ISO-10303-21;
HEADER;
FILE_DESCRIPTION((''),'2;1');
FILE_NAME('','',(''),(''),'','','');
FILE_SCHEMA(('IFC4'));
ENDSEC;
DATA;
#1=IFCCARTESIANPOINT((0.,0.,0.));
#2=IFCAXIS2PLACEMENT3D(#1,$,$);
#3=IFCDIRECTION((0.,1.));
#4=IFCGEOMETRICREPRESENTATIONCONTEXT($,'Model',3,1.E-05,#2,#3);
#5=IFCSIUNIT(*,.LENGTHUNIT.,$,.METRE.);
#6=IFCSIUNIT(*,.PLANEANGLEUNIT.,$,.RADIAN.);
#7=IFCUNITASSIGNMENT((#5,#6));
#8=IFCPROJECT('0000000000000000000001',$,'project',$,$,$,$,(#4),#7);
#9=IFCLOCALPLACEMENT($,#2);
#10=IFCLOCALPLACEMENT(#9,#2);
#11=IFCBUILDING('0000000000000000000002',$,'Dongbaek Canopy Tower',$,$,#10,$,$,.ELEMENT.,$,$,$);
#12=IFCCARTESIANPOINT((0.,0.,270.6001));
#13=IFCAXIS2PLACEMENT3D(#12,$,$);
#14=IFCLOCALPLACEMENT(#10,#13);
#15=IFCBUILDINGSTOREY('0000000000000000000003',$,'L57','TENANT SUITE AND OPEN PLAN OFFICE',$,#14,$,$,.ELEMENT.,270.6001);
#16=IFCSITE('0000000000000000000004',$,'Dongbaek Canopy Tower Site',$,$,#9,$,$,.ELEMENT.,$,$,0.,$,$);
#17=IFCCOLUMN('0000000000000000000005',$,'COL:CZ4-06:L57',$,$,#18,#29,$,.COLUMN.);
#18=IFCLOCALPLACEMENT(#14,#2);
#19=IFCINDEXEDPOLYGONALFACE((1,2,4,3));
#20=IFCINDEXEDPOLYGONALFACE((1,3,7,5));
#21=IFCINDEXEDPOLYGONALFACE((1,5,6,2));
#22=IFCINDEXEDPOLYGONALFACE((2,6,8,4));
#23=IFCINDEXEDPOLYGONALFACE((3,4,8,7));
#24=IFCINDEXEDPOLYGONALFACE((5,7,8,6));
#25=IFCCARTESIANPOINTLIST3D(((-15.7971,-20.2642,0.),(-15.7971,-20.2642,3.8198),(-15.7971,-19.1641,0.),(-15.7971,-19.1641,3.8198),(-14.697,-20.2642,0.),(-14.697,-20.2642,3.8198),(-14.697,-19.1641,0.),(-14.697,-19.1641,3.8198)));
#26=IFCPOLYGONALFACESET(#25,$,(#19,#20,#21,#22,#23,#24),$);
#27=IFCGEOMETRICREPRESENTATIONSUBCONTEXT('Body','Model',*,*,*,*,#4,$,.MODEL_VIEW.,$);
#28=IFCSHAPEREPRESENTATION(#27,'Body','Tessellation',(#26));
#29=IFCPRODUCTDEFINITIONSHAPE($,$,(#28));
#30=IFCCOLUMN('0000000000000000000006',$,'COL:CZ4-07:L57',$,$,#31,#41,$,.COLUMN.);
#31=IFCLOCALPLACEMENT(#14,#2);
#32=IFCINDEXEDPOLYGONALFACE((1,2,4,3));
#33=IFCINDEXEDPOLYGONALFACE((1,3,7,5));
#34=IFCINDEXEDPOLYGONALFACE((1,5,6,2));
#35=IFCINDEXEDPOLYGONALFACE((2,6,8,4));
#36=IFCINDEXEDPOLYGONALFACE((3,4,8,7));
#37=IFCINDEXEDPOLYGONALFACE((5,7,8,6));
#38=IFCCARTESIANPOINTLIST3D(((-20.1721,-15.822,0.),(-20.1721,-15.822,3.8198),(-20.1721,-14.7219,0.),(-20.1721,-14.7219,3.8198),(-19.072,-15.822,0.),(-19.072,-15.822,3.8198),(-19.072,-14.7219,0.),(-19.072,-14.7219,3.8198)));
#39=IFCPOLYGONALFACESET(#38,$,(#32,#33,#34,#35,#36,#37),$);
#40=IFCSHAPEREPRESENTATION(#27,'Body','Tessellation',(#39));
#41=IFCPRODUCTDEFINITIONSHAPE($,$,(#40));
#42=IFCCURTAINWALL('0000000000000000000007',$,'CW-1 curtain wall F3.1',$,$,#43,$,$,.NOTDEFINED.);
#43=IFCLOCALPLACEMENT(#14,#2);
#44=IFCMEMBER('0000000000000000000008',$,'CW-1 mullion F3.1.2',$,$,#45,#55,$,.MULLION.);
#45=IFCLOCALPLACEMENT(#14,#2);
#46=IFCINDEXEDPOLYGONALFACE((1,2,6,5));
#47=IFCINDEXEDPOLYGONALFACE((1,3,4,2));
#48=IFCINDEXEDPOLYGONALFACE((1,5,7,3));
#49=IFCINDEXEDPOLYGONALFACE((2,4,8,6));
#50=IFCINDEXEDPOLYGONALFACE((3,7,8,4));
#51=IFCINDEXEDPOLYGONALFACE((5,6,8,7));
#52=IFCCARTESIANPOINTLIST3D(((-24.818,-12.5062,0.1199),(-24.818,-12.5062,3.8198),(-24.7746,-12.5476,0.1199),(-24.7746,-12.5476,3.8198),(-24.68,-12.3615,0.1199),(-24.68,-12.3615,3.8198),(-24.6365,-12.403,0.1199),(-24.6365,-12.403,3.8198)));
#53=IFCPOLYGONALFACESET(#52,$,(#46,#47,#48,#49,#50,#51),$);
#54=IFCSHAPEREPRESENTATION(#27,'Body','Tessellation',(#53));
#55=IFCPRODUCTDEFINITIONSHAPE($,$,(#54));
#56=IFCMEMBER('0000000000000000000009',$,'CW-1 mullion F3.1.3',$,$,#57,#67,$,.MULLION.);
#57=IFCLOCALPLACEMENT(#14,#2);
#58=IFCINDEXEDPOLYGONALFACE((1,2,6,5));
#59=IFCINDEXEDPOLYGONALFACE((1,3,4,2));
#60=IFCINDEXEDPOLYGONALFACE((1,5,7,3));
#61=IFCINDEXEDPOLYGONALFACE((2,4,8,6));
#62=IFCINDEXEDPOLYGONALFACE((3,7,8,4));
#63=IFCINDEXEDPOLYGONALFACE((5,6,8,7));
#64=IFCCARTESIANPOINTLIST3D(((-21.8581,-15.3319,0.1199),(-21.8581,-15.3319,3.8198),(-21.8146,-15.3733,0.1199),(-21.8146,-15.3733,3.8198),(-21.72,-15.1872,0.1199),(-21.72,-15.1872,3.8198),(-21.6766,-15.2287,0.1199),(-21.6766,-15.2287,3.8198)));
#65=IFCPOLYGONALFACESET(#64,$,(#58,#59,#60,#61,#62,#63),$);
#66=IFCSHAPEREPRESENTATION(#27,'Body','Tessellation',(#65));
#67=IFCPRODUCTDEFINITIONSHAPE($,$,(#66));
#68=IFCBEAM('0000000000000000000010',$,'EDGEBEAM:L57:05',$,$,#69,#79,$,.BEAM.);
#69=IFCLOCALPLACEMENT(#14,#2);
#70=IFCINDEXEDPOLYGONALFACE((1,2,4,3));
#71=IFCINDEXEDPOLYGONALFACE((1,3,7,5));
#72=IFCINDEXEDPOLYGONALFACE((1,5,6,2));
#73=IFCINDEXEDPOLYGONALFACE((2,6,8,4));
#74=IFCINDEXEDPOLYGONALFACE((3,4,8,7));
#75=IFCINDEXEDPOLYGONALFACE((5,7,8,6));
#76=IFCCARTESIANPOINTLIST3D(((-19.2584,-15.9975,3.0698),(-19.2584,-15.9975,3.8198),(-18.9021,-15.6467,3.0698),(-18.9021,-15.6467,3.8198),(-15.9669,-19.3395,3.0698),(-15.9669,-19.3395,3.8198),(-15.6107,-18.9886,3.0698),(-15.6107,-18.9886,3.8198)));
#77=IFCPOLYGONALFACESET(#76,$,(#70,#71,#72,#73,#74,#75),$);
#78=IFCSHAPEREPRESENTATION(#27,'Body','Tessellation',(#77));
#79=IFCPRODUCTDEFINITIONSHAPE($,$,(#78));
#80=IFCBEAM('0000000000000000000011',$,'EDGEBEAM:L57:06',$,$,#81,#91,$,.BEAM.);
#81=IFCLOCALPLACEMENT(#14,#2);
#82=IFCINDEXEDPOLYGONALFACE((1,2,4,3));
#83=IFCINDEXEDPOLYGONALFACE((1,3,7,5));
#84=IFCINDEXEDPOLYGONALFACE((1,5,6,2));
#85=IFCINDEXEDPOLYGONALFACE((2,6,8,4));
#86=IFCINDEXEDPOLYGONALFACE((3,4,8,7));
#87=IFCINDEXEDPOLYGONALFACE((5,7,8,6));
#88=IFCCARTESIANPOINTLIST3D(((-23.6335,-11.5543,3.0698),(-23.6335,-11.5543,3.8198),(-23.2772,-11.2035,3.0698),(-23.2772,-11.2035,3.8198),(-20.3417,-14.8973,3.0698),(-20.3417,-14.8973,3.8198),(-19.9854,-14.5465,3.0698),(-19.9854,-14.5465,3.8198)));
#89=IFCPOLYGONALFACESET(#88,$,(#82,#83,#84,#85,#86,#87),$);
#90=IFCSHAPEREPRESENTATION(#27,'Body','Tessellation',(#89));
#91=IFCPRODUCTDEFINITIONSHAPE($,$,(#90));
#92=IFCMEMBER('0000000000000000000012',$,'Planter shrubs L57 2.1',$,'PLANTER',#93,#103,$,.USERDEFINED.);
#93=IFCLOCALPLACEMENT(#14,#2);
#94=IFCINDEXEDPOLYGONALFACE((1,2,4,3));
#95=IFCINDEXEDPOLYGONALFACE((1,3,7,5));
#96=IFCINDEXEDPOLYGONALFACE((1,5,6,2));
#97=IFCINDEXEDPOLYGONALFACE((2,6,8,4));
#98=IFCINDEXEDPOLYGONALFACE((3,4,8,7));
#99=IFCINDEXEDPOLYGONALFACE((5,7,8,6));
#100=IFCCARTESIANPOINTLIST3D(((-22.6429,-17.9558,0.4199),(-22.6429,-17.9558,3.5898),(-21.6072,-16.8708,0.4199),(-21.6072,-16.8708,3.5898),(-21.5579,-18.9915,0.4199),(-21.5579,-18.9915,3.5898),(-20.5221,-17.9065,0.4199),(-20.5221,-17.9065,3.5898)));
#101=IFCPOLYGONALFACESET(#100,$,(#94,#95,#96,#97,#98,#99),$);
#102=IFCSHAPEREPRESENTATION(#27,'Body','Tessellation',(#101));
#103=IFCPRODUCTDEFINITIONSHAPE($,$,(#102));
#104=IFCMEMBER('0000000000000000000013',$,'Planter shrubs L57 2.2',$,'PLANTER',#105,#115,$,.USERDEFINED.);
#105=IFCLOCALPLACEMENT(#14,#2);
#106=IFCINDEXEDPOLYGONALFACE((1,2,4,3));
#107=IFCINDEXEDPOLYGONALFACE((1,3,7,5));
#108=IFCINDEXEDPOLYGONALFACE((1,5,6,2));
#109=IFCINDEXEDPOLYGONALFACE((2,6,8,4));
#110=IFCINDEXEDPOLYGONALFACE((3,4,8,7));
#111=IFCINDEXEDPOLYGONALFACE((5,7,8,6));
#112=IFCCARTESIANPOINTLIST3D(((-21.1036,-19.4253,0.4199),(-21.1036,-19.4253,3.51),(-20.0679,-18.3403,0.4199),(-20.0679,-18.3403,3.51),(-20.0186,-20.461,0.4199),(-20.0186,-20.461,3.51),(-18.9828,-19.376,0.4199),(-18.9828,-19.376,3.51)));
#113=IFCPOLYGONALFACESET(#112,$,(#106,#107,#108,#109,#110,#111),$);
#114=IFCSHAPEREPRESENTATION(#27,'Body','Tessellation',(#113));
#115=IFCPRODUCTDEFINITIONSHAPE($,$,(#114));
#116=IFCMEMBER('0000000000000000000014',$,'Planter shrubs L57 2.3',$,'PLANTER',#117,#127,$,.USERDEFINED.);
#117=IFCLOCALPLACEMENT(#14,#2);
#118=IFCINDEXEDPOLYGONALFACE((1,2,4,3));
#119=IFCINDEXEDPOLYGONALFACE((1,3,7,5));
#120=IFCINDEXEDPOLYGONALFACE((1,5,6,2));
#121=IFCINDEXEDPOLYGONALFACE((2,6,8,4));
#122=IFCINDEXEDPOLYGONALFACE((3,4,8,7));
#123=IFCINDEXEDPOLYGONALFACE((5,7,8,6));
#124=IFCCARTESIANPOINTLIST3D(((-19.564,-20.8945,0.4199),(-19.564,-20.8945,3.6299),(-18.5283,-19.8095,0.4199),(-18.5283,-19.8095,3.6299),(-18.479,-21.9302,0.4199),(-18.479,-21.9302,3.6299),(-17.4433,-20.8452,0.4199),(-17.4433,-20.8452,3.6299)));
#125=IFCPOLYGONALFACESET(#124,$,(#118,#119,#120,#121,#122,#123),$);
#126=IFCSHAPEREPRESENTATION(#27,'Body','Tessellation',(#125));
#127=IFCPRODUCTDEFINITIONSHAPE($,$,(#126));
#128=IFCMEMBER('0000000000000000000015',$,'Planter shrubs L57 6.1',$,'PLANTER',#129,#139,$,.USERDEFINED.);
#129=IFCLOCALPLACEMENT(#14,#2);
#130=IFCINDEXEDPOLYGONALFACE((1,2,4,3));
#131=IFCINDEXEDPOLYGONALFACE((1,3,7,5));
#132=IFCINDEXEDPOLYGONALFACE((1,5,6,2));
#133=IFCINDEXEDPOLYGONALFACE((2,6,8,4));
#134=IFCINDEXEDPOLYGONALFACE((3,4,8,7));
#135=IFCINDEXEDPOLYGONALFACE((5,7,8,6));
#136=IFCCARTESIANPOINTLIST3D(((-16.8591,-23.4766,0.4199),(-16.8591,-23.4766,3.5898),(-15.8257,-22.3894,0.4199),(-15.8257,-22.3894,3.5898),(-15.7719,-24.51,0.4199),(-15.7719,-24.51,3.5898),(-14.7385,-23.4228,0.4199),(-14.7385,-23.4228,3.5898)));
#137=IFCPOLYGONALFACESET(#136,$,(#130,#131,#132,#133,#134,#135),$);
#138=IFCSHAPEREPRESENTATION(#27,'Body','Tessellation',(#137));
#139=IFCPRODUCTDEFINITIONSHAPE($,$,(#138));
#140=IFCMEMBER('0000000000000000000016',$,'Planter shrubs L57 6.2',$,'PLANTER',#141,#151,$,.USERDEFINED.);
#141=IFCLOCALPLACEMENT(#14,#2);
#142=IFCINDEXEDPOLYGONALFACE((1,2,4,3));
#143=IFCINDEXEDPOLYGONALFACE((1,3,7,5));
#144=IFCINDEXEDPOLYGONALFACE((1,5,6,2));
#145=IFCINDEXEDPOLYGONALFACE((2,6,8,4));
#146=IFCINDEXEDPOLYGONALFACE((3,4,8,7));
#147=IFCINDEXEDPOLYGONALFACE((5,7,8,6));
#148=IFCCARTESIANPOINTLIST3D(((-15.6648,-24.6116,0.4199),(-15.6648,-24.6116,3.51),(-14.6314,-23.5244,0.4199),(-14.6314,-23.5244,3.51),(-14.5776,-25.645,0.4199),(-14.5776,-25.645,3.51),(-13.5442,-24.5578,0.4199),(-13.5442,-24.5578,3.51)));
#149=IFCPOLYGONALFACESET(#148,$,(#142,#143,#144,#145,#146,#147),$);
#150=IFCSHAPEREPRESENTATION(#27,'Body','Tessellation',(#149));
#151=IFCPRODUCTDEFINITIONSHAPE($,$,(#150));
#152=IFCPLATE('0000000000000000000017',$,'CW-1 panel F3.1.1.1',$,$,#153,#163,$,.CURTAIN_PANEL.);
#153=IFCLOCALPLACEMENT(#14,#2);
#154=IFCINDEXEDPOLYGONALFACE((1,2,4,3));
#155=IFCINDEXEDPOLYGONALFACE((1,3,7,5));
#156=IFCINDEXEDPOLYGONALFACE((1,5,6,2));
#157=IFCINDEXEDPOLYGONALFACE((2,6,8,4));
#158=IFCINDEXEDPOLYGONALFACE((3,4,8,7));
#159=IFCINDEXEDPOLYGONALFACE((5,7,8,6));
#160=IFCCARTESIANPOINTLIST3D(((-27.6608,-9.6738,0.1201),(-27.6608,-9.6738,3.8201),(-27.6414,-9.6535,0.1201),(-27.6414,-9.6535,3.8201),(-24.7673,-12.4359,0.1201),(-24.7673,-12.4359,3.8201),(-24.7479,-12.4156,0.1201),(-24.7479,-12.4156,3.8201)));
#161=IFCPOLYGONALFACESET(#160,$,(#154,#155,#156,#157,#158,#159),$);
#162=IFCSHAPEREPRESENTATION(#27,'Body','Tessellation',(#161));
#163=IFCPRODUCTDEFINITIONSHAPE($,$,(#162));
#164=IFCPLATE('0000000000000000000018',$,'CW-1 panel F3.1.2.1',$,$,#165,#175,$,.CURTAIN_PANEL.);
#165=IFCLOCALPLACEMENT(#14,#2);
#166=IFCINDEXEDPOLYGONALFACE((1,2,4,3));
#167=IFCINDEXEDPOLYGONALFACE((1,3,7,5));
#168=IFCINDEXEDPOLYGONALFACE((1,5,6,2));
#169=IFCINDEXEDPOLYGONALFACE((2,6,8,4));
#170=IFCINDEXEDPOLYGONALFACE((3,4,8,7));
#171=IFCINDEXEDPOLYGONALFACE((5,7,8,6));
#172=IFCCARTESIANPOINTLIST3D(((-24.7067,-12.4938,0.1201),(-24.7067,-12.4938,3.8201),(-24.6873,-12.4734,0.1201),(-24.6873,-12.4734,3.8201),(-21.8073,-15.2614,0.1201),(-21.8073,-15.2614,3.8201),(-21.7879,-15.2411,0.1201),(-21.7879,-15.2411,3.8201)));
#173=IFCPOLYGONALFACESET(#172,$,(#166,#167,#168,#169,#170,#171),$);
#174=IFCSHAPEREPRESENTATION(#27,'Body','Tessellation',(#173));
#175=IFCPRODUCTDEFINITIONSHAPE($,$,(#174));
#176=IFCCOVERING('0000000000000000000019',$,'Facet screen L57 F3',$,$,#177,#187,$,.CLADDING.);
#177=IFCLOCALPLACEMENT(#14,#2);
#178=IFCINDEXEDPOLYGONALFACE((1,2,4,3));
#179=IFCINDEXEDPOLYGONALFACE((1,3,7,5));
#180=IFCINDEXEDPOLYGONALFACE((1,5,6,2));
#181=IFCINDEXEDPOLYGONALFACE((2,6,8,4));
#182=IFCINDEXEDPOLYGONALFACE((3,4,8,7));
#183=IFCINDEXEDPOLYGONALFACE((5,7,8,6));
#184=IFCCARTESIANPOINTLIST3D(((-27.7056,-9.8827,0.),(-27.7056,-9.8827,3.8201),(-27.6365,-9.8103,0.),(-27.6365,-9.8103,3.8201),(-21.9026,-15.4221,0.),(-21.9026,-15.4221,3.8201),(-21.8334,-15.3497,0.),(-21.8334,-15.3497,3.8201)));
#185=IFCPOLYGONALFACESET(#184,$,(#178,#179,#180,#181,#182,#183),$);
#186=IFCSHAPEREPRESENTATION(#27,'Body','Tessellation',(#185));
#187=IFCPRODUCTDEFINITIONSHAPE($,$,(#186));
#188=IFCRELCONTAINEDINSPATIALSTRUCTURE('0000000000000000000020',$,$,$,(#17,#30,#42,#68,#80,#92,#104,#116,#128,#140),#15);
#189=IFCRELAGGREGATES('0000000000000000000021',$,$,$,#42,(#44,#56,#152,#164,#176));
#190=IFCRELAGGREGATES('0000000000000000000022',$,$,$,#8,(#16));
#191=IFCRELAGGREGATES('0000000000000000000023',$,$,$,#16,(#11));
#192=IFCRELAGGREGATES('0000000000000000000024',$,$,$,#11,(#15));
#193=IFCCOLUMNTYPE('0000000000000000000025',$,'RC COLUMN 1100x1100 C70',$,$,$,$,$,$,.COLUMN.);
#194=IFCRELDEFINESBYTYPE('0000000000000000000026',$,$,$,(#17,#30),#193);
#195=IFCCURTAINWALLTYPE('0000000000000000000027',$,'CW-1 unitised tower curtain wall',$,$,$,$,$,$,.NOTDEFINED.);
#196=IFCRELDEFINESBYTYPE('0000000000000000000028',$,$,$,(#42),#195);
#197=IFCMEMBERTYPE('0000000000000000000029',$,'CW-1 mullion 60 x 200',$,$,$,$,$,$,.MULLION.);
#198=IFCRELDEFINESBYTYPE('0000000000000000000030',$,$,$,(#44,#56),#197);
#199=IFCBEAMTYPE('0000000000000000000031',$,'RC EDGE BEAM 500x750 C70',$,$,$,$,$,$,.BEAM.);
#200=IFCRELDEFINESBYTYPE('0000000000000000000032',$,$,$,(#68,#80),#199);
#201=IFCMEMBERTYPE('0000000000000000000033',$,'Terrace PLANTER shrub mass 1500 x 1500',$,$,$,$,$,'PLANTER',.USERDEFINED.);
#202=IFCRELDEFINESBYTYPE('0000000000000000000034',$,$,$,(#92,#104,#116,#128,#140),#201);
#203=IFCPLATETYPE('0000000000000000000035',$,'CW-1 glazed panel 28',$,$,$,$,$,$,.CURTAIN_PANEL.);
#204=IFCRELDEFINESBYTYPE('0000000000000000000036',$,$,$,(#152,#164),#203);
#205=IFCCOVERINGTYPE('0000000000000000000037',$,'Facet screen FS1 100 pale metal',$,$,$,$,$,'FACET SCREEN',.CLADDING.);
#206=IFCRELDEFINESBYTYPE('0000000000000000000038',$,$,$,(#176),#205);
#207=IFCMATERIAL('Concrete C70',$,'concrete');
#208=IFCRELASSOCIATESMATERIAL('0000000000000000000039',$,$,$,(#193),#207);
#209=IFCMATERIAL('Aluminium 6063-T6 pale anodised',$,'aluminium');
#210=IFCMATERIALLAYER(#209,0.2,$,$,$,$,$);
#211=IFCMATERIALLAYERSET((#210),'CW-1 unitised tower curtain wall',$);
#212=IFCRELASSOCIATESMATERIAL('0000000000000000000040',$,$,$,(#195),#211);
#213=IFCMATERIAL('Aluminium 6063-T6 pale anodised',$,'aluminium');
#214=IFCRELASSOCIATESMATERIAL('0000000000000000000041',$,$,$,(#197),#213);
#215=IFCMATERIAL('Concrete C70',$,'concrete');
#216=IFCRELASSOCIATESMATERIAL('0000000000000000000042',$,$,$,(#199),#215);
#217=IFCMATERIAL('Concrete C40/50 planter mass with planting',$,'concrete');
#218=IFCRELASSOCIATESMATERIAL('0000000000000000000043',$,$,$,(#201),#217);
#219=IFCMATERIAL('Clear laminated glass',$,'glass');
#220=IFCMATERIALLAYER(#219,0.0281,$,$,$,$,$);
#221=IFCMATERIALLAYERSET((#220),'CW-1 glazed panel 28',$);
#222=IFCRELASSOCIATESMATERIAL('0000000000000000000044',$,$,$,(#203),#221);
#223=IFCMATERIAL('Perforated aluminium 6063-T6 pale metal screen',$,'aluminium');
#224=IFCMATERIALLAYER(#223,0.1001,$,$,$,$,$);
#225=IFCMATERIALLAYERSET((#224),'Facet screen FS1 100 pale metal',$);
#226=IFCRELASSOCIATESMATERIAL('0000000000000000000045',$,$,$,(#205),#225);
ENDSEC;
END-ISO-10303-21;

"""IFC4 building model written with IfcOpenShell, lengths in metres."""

from ifc_helpers import new_model, si_unit, direction, frame, origin, origin_2d, place, context, subcontext, project, spatial, rectangle, extrude, material, layer, layer_set, material_profile, profile_set, type_object, element, aggregate, save


model = new_model("IFC4")

# Units and contexts
model_context = context("Model", 3, precision=1e-05, world=origin(), true_north=direction((0.0, 1.0)))
body_context = subcontext(model_context, "Body", "Model", "MODEL_VIEW")
ifc_project = project(units=[si_unit("LENGTHUNIT", "METRE"), si_unit("PLANEANGLEUNIT", "RADIAN")], contexts=[model_context])

# Site, building, storey
site_placement = place(None, origin())
site = spatial("IfcSite", under=ifc_project, at=site_placement, Name="Dongbaek Canopy Tower Site", CompositionType="ELEMENT", RefElevation=0.0)
building_placement = place(site_placement, origin())
building = spatial("IfcBuilding", under=site, at=building_placement, Name="Dongbaek Canopy Tower", CompositionType="ELEMENT")
storey_placement = place(building_placement, frame((0.0, 0.0, 270.6001)))
storey = spatial("IfcBuildingStorey", under=building, at=storey_placement, Name="L57", Description="TENANT SUITE AND OPEN PLAN OFFICE", CompositionType="ELEMENT", Elevation=270.6001)

# Columns
ifc_material_1 = material(Name="Concrete C70", Category="concrete")
ifc_material_profile_1 = material_profile(ifc_material_1, rectangle(XDim=1.1001, YDim=1.1001, at=origin_2d()), Name="RC COLUMN 1100x1100 C70")
ifc_profile_set_1 = profile_set([ifc_material_profile_1], Name="Concrete C70")
column_type = type_object("IfcColumnType", Name="RC COLUMN 1100x1100 C70", PredefinedType="COLUMN", material=ifc_profile_set_1)
for number, where, z_axis, x_axis, name in (
    (1, (-15.2471, -19.7141, 0.0), (0.0, 0.0, 1.0), (1.0, 0.0, 0.0), "COL:CZ4-06:L57"),
    (2, (-19.6221, -15.272, 0.0), (0.0, 0.0, 1.0), (1.0, 0.0, 0.0), "COL:CZ4-07:L57"),
):
    element("IfcColumn", number, at=place(storey_placement, frame(where, z_axis=z_axis, x_axis=x_axis)), inside=storey, type_object=column_type, Name=name, PredefinedType="COLUMN", context=body_context, shape_type="SweptSolid", body=[
        extrude(rectangle(XDim=1.1001, YDim=1.1001, at=origin_2d()), origin(), (0.0, 0.0, 1.0), 3.8198),
    ])

# Curtain wall, members
ifc_material_2 = material(Name="Aluminium 6063-T6 pale anodised", Category="aluminium")
ifc_layer_1 = layer(ifc_material_2, 0.2)
ifc_layer_set_1 = layer_set([ifc_layer_1], Name="CW-1 unitised tower curtain wall")
curtain_wall_type = type_object("IfcCurtainWallType", Name="CW-1 unitised tower curtain wall", PredefinedType="NOTDEFINED", material=ifc_layer_set_1)
curtain_wall_placement = place(storey_placement, origin())
curtain_wall = element("IfcCurtainWall", 3, at=curtain_wall_placement, inside=storey, type_object=curtain_wall_type, Name="CW-1 curtain wall F3.1", PredefinedType="NOTDEFINED")
ifc_material_3 = material(Name="Aluminium 6063-T6 pale anodised", Category="aluminium")
ifc_material_profile_2 = material_profile(ifc_material_3, rectangle(XDim=0.2, YDim=0.0601, at=origin_2d()), Name="CW-1 mullion 60 x 200")
ifc_profile_set_2 = profile_set([ifc_material_profile_2], Name="Aluminium 6063-T6 pale anodised")
member_type_1 = type_object("IfcMemberType", Name="CW-1 mullion 60 x 200", PredefinedType="MULLION", material=ifc_profile_set_2)
member_1_placement = place(storey_placement, frame((-24.7273, -12.4546, 0.1199), z_axis=(0.0, 0.0, 1.0), x_axis=(-0.690482, -0.72335, 0.0)))
member_1 = element("IfcMember", 4, at=member_1_placement, type_object=member_type_1, Name="CW-1 mullion F3.1.2", PredefinedType="MULLION", context=body_context, shape_type="SweptSolid", body=[
    extrude(rectangle(XDim=0.2, YDim=0.0601, at=origin_2d()), origin(), (0.0, 0.0, 1.0), 3.7),
])
member_2_placement = place(storey_placement, frame((-21.7673, -15.2803, 0.1199), z_axis=(0.0, 0.0, 1.0), x_axis=(-0.690482, -0.72335, 0.0)))
member_2 = element("IfcMember", 5, at=member_2_placement, type_object=member_type_1, Name="CW-1 mullion F3.1.3", PredefinedType="MULLION", context=body_context, shape_type="SweptSolid", body=[
    extrude(rectangle(XDim=0.2, YDim=0.0601, at=origin_2d()), origin(), (0.0, 0.0, 1.0), 3.7),
])

# Beams
ifc_material_4 = material(Name="Concrete C70", Category="concrete")
ifc_material_profile_3 = material_profile(ifc_material_4, rectangle(XDim=0.5, YDim=0.75, at=origin_2d()), Name="RC EDGE BEAM 500x750 C70")
ifc_profile_set_3 = profile_set([ifc_material_profile_3], Name="Concrete C70")
beam_type = type_object("IfcBeamType", Name="RC EDGE BEAM 500x750 C70", PredefinedType="BEAM", material=ifc_profile_set_3)
beam_1_placement = place(storey_placement, frame((-15.7888, -19.1641, 3.4448), z_axis=(-0.701699, 0.712473, 0.0), x_axis=(-0.712473, -0.701699, 0.0)))
element("IfcBeam", 6, at=beam_1_placement, inside=storey, type_object=beam_type, Name="EDGEBEAM:L57:05", PredefinedType="BEAM", context=body_context, shape_type="SweptSolid", body=[
    extrude(rectangle(XDim=0.5, YDim=0.75, at=origin_2d()), origin(), (0.0, 0.0, 1.0), 4.6907),
])
beam_2_placement = place(storey_placement, frame((-20.1636, -14.7219, 3.4448), z_axis=(-0.701622, 0.71255, 0.0), x_axis=(-0.71255, -0.701622, 0.0)))
element("IfcBeam", 7, at=beam_2_placement, inside=storey, type_object=beam_type, Name="EDGEBEAM:L57:06", PredefinedType="BEAM", context=body_context, shape_type="SweptSolid", body=[
    extrude(rectangle(XDim=0.5, YDim=0.75, at=origin_2d()), origin(), (0.0, 0.0, 1.0), 4.6917),
])

# Members
ifc_material_5 = material(Name="Concrete C40/50 planter mass with planting", Category="concrete")
ifc_material_profile_4 = material_profile(ifc_material_5, rectangle(XDim=1.5, YDim=1.5, at=origin_2d()), Name="Terrace PLANTER shrub mass 1500 x 1500")
ifc_profile_set_4 = profile_set([ifc_material_profile_4], Name="Concrete C40/50 planter mass with planting")
member_type_2 = type_object("IfcMemberType", Name="Terrace PLANTER shrub mass 1500 x 1500", ElementType="PLANTER", PredefinedType="USERDEFINED", material=ifc_profile_set_4)
member_3_placement = place(storey_placement, frame((-21.5825, -17.9312, 0.4199), z_axis=(0.0, 0.0, 1.0), x_axis=(-0.690482, -0.72335, 0.0)))
element("IfcMember", 8, at=member_3_placement, inside=storey, type_object=member_type_2, Name="Planter shrubs L57 2.1", ObjectType="PLANTER", PredefinedType="USERDEFINED", context=body_context, shape_type="SweptSolid", body=[
    extrude(rectangle(XDim=1.5, YDim=1.5, at=origin_2d()), origin(), (0.0, 0.0, 1.0), 3.1699),
])
member_4_placement = place(storey_placement, frame((-20.0432, -19.4006, 0.4199), z_axis=(0.0, 0.0, 1.0), x_axis=(-0.690482, -0.72335, 0.0)))
element("IfcMember", 9, at=member_4_placement, inside=storey, type_object=member_type_2, Name="Planter shrubs L57 2.2", ObjectType="PLANTER", PredefinedType="USERDEFINED", context=body_context, shape_type="SweptSolid", body=[
    extrude(rectangle(XDim=1.5, YDim=1.5, at=origin_2d()), origin(), (0.0, 0.0, 1.0), 3.0901),
])
member_5_placement = place(storey_placement, frame((-18.5037, -20.8699, 0.4199), z_axis=(0.0, 0.0, 1.0), x_axis=(-0.690482, -0.72335, 0.0)))
element("IfcMember", 10, at=member_5_placement, inside=storey, type_object=member_type_2, Name="Planter shrubs L57 2.3", ObjectType="PLANTER", PredefinedType="USERDEFINED", context=body_context, shape_type="SweptSolid", body=[
    extrude(rectangle(XDim=1.5, YDim=1.5, at=origin_2d()), origin(), (0.0, 0.0, 1.0), 3.21),
])
member_6_placement = place(storey_placement, frame((-15.7988, -23.4497, 0.4199), z_axis=(0.0, 0.0, 1.0), x_axis=(-0.688957, -0.724803, 0.0)))
element("IfcMember", 11, at=member_6_placement, inside=storey, type_object=member_type_2, Name="Planter shrubs L57 6.1", ObjectType="PLANTER", PredefinedType="USERDEFINED", context=body_context, shape_type="SweptSolid", body=[
    extrude(rectangle(XDim=1.5, YDim=1.5, at=origin_2d()), origin(), (0.0, 0.0, 1.0), 3.1699),
])
member_7_placement = place(storey_placement, frame((-14.6045, -24.5847, 0.4199), z_axis=(0.0, 0.0, 1.0), x_axis=(-0.688957, -0.724803, 0.0)))
element("IfcMember", 12, at=member_7_placement, inside=storey, type_object=member_type_2, Name="Planter shrubs L57 6.2", ObjectType="PLANTER", PredefinedType="USERDEFINED", context=body_context, shape_type="SweptSolid", body=[
    extrude(rectangle(XDim=1.5, YDim=1.5, at=origin_2d()), origin(), (0.0, 0.0, 1.0), 3.0901),
])

# Plates
ifc_material_6 = material(Name="Clear laminated glass", Category="glass")
ifc_layer_2 = layer(ifc_material_6, 0.0281)
ifc_layer_set_2 = layer_set([ifc_layer_2], Name="CW-1 glazed panel 28")
plate_type = type_object("IfcPlateType", Name="CW-1 glazed panel 28", PredefinedType="CURTAIN_PANEL", material=ifc_layer_set_2)
plate_1_placement = place(storey_placement, frame((-26.2043, -11.0447, 0.1201), z_axis=(0.0, 0.0, 1.0), x_axis=(0.72335, -0.690482, 0.0)))
plate_1 = element("IfcPlate", 13, at=plate_1_placement, type_object=plate_type, Name="CW-1 panel F3.1.1.1", PredefinedType="CURTAIN_PANEL", context=body_context, shape_type="SweptSolid", body=[
    extrude(rectangle(XDim=4.0002, YDim=0.0281, at=origin_2d()), origin(), (0.0, 0.0, 1.0), 3.7),
])
plate_2_placement = place(storey_placement, frame((-23.2473, -13.8674, 0.1201), z_axis=(0.0, 0.0, 1.0), x_axis=(0.72335, -0.690482, 0.0)))
plate_2 = element("IfcPlate", 14, at=plate_2_placement, type_object=plate_type, Name="CW-1 panel F3.1.2.1", PredefinedType="CURTAIN_PANEL", context=body_context, shape_type="SweptSolid", body=[
    extrude(rectangle(XDim=4.0083, YDim=0.0281, at=origin_2d()), origin(), (0.0, 0.0, 1.0), 3.7),
])

# Covering
ifc_material_7 = material(Name="Perforated aluminium 6063-T6 pale metal screen", Category="aluminium")
ifc_layer_3 = layer(ifc_material_7, 0.1001)
ifc_layer_set_3 = layer_set([ifc_layer_3], Name="Facet screen FS1 100 pale metal")
covering_type = type_object("IfcCoveringType", Name="Facet screen FS1 100 pale metal", ElementType="FACET SCREEN", PredefinedType="CLADDING", material=ifc_layer_set_3)
covering_placement = place(storey_placement, frame((-24.7695, -12.6162, 0.0), z_axis=(0.0, 0.0, 1.0), x_axis=(0.72335, -0.690481, 0.0)))
covering = element("IfcCovering", 15, at=covering_placement, type_object=covering_type, Name="Facet screen L57 F3", PredefinedType="CLADDING", context=body_context, shape_type="SweptSolid", body=[
    extrude(rectangle(XDim=8.0225, YDim=0.1001, at=origin_2d()), origin(), (0.0, 0.0, 1.0), 3.8201),
])
aggregate(curtain_wall, [member_1, member_2, plate_1, plate_2, covering])

save(model, "model.ifc")
